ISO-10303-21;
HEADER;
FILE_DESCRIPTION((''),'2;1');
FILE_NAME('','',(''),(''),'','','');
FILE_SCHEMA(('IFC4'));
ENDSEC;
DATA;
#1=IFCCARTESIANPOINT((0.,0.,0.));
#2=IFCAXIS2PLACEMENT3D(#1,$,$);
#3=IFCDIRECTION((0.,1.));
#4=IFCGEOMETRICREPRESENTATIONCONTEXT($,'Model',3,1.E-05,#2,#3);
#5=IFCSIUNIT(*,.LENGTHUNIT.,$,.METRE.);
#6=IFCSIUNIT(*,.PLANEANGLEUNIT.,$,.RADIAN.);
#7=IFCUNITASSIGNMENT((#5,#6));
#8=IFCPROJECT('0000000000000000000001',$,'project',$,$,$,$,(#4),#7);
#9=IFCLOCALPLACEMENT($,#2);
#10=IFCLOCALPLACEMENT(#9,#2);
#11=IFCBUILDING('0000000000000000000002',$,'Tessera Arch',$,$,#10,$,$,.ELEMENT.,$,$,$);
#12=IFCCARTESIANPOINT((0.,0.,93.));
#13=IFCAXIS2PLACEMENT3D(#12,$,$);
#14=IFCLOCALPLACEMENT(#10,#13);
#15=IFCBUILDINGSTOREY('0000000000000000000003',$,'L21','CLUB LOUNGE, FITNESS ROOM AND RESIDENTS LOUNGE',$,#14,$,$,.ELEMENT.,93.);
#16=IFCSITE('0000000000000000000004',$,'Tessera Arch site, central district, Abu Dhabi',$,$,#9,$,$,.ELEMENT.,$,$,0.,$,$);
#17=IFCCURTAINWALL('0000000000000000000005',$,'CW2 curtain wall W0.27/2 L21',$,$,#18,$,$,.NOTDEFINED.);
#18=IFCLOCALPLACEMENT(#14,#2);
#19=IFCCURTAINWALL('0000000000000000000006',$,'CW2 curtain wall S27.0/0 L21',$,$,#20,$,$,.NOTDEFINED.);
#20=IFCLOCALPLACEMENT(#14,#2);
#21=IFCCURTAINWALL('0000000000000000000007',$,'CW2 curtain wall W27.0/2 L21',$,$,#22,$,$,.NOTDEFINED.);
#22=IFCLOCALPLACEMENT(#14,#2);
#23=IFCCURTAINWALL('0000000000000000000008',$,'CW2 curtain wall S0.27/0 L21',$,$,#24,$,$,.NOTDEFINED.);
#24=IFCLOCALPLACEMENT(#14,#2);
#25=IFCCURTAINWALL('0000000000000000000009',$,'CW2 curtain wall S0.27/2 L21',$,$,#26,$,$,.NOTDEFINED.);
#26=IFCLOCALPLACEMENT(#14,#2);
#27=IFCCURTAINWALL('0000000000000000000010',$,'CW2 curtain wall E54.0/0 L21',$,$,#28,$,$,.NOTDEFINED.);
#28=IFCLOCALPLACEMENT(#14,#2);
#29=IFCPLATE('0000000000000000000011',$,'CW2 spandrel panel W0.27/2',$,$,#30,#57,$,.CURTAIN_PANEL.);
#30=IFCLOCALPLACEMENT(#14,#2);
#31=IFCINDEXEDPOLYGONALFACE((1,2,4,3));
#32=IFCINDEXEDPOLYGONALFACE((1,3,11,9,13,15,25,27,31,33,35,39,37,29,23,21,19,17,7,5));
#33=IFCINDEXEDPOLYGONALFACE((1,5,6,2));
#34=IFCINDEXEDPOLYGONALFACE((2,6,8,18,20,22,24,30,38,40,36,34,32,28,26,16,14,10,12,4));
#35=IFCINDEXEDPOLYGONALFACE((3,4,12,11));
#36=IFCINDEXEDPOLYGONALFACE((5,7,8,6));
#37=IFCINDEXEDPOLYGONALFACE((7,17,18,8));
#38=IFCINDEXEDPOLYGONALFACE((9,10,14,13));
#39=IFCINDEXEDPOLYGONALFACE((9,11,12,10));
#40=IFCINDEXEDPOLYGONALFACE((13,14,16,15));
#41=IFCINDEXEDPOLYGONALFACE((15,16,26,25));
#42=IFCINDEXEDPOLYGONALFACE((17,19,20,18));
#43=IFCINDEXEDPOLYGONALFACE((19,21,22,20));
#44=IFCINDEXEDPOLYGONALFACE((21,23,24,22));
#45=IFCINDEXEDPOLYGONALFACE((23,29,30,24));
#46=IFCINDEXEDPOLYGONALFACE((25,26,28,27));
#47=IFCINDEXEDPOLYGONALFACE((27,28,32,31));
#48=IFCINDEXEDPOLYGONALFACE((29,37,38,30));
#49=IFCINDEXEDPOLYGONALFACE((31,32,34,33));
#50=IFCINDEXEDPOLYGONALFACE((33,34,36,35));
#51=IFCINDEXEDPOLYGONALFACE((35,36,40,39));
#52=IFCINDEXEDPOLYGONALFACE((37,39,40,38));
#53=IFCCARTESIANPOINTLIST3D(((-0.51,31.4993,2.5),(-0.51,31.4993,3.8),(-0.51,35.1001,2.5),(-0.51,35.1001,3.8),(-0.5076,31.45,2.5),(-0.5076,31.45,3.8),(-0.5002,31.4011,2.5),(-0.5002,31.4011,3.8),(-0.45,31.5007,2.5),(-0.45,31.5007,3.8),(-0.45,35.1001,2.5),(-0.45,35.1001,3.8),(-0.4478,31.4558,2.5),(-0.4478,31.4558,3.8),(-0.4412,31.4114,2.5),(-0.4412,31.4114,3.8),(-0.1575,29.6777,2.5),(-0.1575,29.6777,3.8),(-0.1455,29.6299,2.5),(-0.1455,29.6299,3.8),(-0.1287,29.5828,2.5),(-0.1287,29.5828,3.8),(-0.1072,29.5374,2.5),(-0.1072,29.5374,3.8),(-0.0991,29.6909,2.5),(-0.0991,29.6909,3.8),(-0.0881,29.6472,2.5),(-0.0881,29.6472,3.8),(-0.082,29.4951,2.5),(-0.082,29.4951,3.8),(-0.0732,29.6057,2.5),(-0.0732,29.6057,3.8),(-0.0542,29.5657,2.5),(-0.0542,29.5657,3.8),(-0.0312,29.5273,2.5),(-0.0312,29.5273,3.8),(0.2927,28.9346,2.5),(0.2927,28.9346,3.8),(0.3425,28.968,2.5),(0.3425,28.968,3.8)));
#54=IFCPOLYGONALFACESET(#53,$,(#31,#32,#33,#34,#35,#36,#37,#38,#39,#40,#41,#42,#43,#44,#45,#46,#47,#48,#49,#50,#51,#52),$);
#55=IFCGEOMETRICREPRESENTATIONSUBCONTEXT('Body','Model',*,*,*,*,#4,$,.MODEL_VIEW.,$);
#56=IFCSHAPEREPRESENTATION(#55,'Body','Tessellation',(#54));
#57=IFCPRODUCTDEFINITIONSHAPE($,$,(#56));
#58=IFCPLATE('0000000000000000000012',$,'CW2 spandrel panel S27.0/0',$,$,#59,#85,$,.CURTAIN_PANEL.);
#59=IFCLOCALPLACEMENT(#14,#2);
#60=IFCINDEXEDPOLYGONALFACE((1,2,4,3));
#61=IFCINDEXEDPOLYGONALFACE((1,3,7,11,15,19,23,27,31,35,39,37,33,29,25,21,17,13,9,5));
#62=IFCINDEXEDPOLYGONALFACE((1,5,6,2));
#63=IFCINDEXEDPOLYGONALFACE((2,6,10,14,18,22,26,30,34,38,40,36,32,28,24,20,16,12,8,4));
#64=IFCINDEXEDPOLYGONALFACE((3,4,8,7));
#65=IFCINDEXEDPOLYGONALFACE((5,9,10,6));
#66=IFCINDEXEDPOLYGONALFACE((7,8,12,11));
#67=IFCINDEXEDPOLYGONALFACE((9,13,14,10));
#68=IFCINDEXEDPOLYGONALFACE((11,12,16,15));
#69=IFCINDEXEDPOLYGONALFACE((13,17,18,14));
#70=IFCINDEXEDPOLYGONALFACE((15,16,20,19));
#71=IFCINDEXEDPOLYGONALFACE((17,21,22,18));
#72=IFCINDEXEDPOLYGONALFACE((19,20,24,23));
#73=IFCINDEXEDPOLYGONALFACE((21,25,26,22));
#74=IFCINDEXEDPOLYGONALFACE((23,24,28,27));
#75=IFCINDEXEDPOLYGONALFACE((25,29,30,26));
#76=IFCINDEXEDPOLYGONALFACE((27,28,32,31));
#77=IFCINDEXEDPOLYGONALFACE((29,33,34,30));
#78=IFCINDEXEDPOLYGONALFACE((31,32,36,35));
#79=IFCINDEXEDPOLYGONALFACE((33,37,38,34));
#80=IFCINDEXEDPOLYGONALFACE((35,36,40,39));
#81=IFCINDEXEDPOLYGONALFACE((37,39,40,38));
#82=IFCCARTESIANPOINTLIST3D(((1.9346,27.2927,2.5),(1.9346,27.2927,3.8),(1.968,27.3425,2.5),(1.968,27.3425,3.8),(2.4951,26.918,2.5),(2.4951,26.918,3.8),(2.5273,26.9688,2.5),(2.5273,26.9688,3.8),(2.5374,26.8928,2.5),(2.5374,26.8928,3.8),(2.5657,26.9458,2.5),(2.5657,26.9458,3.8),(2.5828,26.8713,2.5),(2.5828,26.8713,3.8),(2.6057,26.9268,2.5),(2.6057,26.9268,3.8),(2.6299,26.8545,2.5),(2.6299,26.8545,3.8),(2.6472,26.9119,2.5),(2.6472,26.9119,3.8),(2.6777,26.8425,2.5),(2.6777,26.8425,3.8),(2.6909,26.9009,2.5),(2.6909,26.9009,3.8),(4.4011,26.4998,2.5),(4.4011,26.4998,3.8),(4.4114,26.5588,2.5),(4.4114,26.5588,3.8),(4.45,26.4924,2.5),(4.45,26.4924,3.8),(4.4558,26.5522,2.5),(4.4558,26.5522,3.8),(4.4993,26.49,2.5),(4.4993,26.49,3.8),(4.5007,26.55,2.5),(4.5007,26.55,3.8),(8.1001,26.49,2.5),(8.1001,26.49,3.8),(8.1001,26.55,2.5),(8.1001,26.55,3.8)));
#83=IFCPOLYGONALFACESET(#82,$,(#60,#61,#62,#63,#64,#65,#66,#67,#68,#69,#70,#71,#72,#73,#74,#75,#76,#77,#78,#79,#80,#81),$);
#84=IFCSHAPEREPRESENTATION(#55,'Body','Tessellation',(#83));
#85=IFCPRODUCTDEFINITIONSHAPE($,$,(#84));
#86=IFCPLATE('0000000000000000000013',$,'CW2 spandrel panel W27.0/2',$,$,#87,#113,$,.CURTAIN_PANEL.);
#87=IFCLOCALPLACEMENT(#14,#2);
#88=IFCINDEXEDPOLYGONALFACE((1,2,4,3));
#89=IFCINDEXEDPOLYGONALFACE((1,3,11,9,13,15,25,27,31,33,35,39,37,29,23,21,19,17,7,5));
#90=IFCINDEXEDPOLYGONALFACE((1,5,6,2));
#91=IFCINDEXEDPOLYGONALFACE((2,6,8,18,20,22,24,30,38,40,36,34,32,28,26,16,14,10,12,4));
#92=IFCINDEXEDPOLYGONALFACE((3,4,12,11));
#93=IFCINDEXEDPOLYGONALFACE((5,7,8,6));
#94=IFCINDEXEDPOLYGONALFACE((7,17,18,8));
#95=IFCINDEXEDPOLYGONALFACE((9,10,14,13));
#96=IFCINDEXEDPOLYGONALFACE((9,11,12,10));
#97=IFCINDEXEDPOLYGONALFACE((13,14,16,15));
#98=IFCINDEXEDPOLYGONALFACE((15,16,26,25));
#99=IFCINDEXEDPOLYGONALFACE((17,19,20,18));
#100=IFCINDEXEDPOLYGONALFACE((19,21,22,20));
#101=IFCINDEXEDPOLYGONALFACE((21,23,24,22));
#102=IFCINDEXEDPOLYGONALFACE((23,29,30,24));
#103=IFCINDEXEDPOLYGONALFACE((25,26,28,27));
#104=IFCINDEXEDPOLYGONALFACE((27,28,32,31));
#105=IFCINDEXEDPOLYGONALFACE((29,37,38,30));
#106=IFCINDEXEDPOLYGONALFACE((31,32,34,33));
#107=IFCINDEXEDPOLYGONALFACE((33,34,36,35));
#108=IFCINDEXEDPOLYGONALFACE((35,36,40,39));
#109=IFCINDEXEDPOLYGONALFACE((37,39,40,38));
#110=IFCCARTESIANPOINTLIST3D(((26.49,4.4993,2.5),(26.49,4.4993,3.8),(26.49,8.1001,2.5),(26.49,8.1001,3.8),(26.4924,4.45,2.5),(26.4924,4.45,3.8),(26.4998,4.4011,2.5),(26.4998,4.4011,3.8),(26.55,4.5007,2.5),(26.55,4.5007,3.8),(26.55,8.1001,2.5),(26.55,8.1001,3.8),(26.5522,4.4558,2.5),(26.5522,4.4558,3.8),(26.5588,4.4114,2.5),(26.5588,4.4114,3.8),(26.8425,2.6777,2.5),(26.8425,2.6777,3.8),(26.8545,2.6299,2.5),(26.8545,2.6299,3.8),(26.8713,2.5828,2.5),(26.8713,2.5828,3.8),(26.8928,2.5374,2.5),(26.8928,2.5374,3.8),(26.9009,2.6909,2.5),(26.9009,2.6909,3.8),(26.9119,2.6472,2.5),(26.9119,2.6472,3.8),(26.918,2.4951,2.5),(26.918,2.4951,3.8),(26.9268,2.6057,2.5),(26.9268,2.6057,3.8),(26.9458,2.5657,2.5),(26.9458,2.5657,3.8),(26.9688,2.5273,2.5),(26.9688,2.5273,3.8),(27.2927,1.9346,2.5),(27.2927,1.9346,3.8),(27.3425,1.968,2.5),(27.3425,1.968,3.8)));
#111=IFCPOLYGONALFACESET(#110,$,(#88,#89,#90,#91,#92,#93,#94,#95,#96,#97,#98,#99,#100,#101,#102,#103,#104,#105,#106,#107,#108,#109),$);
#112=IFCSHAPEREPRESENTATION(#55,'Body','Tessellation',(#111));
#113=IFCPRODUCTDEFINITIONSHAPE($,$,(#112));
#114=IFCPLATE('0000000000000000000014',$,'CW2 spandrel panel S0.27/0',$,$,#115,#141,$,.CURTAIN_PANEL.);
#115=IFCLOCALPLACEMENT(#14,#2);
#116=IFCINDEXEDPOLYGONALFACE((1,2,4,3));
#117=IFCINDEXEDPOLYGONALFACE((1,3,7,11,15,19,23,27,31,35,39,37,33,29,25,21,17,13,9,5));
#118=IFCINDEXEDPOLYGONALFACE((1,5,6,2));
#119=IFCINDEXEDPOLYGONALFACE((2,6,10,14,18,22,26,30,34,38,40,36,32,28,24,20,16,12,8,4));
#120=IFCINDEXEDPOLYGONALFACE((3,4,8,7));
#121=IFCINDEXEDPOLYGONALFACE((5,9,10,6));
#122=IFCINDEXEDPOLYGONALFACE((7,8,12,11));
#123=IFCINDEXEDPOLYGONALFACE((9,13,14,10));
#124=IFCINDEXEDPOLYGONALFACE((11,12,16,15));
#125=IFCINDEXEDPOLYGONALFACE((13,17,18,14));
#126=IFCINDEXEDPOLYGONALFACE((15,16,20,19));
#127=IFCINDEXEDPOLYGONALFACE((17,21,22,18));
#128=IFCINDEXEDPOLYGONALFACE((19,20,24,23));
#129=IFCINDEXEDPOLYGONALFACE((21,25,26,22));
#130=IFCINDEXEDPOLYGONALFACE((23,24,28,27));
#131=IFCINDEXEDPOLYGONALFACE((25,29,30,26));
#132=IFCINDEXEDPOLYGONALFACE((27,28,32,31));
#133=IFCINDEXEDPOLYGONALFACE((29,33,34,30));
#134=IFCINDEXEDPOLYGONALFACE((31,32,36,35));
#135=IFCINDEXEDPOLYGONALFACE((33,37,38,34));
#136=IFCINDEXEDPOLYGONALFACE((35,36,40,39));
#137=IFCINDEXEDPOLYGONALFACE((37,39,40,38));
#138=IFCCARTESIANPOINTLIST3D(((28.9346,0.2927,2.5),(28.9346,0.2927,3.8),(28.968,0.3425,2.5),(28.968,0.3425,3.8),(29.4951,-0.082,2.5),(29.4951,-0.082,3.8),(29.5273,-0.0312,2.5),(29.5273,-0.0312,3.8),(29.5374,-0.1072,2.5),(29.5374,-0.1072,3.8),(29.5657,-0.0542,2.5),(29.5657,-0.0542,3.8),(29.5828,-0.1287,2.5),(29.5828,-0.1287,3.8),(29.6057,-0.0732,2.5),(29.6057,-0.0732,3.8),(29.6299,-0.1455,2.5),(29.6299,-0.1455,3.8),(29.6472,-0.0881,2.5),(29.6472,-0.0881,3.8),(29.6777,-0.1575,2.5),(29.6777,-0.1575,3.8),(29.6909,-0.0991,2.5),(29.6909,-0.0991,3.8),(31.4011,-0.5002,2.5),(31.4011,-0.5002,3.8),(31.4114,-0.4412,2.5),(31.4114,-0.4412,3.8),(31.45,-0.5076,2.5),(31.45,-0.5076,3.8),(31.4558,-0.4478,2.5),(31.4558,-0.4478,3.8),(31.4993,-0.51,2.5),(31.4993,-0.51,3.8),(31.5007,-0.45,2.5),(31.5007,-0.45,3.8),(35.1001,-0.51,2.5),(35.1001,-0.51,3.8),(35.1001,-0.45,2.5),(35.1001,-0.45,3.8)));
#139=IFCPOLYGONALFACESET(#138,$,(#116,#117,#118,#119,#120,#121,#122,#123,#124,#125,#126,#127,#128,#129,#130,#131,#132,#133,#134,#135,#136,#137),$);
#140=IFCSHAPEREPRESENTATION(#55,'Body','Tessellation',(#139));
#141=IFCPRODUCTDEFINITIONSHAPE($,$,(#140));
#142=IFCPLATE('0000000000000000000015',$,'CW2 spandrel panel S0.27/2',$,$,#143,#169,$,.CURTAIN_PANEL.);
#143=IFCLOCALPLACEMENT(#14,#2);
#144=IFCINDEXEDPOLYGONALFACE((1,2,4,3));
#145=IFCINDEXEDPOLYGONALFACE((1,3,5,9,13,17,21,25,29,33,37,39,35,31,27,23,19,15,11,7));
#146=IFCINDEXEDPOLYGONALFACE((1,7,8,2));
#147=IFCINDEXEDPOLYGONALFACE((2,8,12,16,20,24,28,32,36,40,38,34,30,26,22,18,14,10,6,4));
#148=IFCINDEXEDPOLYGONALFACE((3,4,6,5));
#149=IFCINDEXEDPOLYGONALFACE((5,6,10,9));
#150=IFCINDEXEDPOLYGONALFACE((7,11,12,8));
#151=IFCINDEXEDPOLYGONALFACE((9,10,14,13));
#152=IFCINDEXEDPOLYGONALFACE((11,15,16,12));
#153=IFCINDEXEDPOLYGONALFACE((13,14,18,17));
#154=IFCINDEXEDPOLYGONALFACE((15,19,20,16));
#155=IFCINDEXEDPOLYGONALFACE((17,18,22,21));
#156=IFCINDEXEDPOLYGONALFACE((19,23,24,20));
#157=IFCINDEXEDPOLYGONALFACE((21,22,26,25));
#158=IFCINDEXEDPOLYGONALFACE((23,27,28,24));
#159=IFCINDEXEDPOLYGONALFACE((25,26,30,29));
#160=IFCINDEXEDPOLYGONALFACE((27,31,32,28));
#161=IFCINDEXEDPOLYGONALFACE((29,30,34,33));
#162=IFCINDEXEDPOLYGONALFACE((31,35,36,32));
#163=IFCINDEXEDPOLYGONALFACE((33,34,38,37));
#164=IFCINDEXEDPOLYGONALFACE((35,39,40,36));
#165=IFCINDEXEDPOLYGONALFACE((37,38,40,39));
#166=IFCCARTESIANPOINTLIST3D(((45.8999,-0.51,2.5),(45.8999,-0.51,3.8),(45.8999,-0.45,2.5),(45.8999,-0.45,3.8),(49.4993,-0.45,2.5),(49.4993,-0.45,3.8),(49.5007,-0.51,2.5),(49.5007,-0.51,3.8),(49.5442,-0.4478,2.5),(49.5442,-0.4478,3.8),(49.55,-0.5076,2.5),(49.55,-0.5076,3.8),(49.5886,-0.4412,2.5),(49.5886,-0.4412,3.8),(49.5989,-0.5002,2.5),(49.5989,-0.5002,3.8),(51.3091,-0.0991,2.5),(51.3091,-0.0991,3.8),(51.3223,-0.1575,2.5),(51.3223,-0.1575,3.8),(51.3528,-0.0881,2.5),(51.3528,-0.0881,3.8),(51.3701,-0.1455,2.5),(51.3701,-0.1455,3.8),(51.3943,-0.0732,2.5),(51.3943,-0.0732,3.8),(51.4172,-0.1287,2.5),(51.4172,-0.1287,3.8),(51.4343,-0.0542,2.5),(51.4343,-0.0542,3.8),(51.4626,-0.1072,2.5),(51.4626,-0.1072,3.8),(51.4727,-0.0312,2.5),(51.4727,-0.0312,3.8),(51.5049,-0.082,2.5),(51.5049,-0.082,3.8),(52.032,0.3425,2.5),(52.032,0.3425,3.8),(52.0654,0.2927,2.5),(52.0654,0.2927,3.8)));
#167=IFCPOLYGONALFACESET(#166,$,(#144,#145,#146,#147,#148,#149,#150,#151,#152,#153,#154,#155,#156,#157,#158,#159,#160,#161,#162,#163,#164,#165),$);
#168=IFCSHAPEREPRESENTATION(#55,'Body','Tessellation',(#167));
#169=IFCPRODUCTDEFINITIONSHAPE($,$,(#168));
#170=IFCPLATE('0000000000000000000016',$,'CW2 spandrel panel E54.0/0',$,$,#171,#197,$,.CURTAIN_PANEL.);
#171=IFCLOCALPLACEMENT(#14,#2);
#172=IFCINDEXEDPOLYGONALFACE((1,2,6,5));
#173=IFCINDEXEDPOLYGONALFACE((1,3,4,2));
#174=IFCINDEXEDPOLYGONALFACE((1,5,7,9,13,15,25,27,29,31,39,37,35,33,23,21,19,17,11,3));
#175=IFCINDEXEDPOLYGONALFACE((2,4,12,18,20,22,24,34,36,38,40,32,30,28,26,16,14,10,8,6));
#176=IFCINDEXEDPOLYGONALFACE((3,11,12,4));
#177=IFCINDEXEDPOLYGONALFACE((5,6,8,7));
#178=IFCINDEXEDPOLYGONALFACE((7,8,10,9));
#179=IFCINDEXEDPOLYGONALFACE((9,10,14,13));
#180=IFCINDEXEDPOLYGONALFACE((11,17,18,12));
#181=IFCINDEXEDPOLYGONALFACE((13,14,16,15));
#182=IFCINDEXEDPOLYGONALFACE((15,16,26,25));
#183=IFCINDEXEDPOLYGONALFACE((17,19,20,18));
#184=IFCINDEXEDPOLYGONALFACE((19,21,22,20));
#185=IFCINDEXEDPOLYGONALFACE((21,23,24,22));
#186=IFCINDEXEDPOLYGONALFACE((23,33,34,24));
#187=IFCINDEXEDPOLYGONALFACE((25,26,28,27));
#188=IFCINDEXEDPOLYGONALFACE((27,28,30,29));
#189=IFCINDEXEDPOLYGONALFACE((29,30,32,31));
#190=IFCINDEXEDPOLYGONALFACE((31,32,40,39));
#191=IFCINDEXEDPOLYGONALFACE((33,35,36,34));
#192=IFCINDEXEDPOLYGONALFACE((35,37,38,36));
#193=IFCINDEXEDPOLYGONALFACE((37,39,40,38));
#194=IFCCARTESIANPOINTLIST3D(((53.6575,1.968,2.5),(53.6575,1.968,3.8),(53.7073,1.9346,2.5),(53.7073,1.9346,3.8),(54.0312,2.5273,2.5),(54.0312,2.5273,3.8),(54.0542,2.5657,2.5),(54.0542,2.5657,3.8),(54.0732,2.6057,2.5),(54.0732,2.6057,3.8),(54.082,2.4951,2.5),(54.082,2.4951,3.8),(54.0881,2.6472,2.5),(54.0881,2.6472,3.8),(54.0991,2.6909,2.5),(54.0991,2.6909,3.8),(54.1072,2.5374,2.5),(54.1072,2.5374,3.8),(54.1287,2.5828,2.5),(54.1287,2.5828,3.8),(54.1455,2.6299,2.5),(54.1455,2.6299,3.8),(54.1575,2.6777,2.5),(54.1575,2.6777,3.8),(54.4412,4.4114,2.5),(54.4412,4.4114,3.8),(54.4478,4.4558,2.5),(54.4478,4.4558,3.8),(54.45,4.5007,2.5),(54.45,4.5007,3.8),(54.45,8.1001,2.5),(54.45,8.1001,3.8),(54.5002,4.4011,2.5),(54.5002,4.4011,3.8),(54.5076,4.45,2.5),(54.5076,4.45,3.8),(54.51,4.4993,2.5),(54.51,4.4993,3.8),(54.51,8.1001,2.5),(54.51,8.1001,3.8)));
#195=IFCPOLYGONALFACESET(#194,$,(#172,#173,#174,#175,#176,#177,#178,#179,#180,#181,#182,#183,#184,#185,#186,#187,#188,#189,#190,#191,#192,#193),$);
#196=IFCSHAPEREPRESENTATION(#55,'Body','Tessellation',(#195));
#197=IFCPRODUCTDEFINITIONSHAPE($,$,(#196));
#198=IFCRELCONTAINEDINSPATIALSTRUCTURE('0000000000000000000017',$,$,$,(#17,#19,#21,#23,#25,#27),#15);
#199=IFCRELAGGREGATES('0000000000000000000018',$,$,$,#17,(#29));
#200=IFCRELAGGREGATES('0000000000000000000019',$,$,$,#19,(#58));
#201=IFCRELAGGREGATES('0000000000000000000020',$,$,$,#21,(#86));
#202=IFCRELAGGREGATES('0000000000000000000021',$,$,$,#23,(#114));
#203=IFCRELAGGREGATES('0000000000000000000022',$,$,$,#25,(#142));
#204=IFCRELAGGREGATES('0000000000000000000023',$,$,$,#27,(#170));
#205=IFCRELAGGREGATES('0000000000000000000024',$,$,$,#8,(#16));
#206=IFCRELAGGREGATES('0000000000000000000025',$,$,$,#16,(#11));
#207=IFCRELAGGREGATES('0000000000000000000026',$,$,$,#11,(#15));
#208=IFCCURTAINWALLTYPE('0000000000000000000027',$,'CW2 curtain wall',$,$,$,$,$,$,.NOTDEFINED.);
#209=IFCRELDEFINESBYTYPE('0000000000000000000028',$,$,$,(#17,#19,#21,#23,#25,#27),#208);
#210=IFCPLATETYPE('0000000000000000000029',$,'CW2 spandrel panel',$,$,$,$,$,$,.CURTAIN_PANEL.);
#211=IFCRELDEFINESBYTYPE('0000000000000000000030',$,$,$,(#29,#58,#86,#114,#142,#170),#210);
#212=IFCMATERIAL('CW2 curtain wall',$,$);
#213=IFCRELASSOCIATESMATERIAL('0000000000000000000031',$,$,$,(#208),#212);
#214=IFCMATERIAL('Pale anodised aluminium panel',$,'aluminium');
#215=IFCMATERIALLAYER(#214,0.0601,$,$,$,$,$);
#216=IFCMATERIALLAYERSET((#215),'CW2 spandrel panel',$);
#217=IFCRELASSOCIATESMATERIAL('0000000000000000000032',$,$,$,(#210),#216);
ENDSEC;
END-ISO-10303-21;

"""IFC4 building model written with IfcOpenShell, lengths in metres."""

from ifc_helpers import new_model, si_unit, direction, frame, origin, place, context, subcontext, project, spatial, polyline, outline, extrude, material, layer, layer_set, type_object, element, aggregate, save


model = new_model("IFC4")

# Units and contexts
model_context = context("Model", 3, precision=1e-05, world=origin(), true_north=direction((0.0, 1.0)))
body_context = subcontext(model_context, "Body", "Model", "MODEL_VIEW")
ifc_project = project(units=[si_unit("LENGTHUNIT", "METRE"), si_unit("PLANEANGLEUNIT", "RADIAN")], contexts=[model_context])

# Site, building, storey
site_placement = place(None, origin())
site = spatial("IfcSite", under=ifc_project, at=site_placement, Name="Tessera Arch site, central district, Abu Dhabi", CompositionType="ELEMENT", RefElevation=0.0)
building_placement = place(site_placement, origin())
building = spatial("IfcBuilding", under=site, at=building_placement, Name="Tessera Arch", CompositionType="ELEMENT")
storey_placement = place(building_placement, frame((0.0, 0.0, 93.0)))
storey = spatial("IfcBuildingStorey", under=building, at=storey_placement, Name="L21", Description="CLUB LOUNGE, FITNESS ROOM AND RESIDENTS LOUNGE", CompositionType="ELEMENT", Elevation=93.0)

# Curtain walls
ifc_material_1 = material(Name="CW2 curtain wall")
curtain_wall_type = type_object("IfcCurtainWallType", Name="CW2 curtain wall", PredefinedType="NOTDEFINED", material=ifc_material_1)
curtain_wall_1_placement = place(storey_placement, origin())
curtain_wall_1 = element("IfcCurtainWall", 1, at=curtain_wall_1_placement, inside=storey, type_object=curtain_wall_type, Name="CW2 curtain wall W0.27/2 L21", PredefinedType="NOTDEFINED")
curtain_wall_2_placement = place(storey_placement, origin())
curtain_wall_2 = element("IfcCurtainWall", 2, at=curtain_wall_2_placement, inside=storey, type_object=curtain_wall_type, Name="CW2 curtain wall S27.0/0 L21", PredefinedType="NOTDEFINED")
curtain_wall_3_placement = place(storey_placement, origin())
curtain_wall_3 = element("IfcCurtainWall", 3, at=curtain_wall_3_placement, inside=storey, type_object=curtain_wall_type, Name="CW2 curtain wall W27.0/2 L21", PredefinedType="NOTDEFINED")
curtain_wall_4_placement = place(storey_placement, origin())
curtain_wall_4 = element("IfcCurtainWall", 4, at=curtain_wall_4_placement, inside=storey, type_object=curtain_wall_type, Name="CW2 curtain wall S0.27/0 L21", PredefinedType="NOTDEFINED")
curtain_wall_5_placement = place(storey_placement, origin())
curtain_wall_5 = element("IfcCurtainWall", 5, at=curtain_wall_5_placement, inside=storey, type_object=curtain_wall_type, Name="CW2 curtain wall S0.27/2 L21", PredefinedType="NOTDEFINED")
curtain_wall_6_placement = place(storey_placement, origin())
curtain_wall_6 = element("IfcCurtainWall", 6, at=curtain_wall_6_placement, inside=storey, type_object=curtain_wall_type, Name="CW2 curtain wall E54.0/0 L21", PredefinedType="NOTDEFINED")

# Plates
ifc_material_2 = material(Name="Pale anodised aluminium panel", Category="aluminium")
ifc_layer_1 = layer(ifc_material_2, 0.0601)
ifc_layer_set_1 = layer_set([ifc_layer_1], Name="CW2 spandrel panel")
plate_type_1 = type_object("IfcPlateType", Name="CW2 spandrel panel", PredefinedType="CURTAIN_PANEL", material=ifc_layer_set_1)
plate_1_placement = place(storey_placement, frame((0.0, 0.0, 2.5)))
plate_1 = element("IfcPlate", 7, at=plate_1_placement, type_object=plate_type_1, Name="CW2 spandrel panel W0.27/2", PredefinedType="CURTAIN_PANEL", context=body_context, shape_type="SweptSolid", body=[
    extrude(outline(polyline([(-0.45, 31.5007), (-0.45, 35.1001), (-0.51, 35.1001), (-0.51, 31.4993), (-0.5076, 31.45), (-0.5002, 31.4011), (-0.1575, 29.6777), (-0.1455, 29.6299), (-0.1287, 29.5828), (-0.1072, 29.5374), (-0.082, 29.4951), (0.2927, 28.9346), (0.3425, 28.968), (-0.0312, 29.5273), (-0.0542, 29.5657), (-0.0732, 29.6057), (-0.0881, 29.6472), (-0.0991, 29.6909), (-0.4412, 31.4114), (-0.4478, 31.4558), (-0.45, 31.5007)])), origin(), (0.0, 0.0, 1.0), 1.3),
])
aggregate(curtain_wall_1, [plate_1])
plate_2_placement = place(storey_placement, frame((0.0, 0.0, 2.5)))
plate_2 = element("IfcPlate", 8, at=plate_2_placement, type_object=plate_type_1, Name="CW2 spandrel panel S27.0/0", PredefinedType="CURTAIN_PANEL", context=body_context, shape_type="SweptSolid", body=[
    extrude(outline(polyline([(2.5273, 26.9688), (1.968, 27.3425), (1.9346, 27.2927), (2.4951, 26.918), (2.5374, 26.8928), (2.5828, 26.8713), (2.6299, 26.8545), (2.6777, 26.8425), (4.4011, 26.4998), (4.45, 26.4924), (4.4993, 26.49), (8.1001, 26.49), (8.1001, 26.55), (4.5007, 26.55), (4.4558, 26.5522), (4.4114, 26.5588), (2.6909, 26.9009), (2.6472, 26.9119), (2.6057, 26.9268), (2.5657, 26.9458), (2.5273, 26.9688)])), origin(), (0.0, 0.0, 1.0), 1.3),
])
aggregate(curtain_wall_2, [plate_2])
plate_3_placement = place(storey_placement, frame((0.0, 0.0, 2.5)))
plate_3 = element("IfcPlate", 9, at=plate_3_placement, type_object=plate_type_1, Name="CW2 spandrel panel W27.0/2", PredefinedType="CURTAIN_PANEL", context=body_context, shape_type="SweptSolid", body=[
    extrude(outline(polyline([(26.55, 4.5007), (26.55, 8.1001), (26.49, 8.1001), (26.49, 4.4993), (26.4924, 4.45), (26.4998, 4.4011), (26.8425, 2.6777), (26.8545, 2.6299), (26.8713, 2.5828), (26.8928, 2.5374), (26.918, 2.4951), (27.2927, 1.9346), (27.3425, 1.968), (26.9688, 2.5273), (26.9458, 2.5657), (26.9268, 2.6057), (26.9119, 2.6472), (26.9009, 2.6909), (26.5588, 4.4114), (26.5522, 4.4558), (26.55, 4.5007)])), origin(), (0.0, 0.0, 1.0), 1.3),
])
aggregate(curtain_wall_3, [plate_3])
plate_4_placement = place(storey_placement, frame((0.0, 0.0, 2.5)))
plate_4 = element("IfcPlate", 10, at=plate_4_placement, type_object=plate_type_1, Name="CW2 spandrel panel S0.27/0", PredefinedType="CURTAIN_PANEL", context=body_context, shape_type="SweptSolid", body=[
    extrude(outline(polyline([(29.5273, -0.0312), (28.968, 0.3425), (28.9346, 0.2927), (29.4951, -0.082), (29.5374, -0.1072), (29.5828, -0.1287), (29.6299, -0.1455), (29.6777, -0.1575), (31.4011, -0.5002), (31.45, -0.5076), (31.4993, -0.51), (35.1001, -0.51), (35.1001, -0.45), (31.5007, -0.45), (31.4558, -0.4478), (31.4114, -0.4412), (29.6909, -0.0991), (29.6472, -0.0881), (29.6057, -0.0732), (29.5657, -0.0542), (29.5273, -0.0312)])), origin(), (0.0, 0.0, 1.0), 1.3),
])
aggregate(curtain_wall_4, [plate_4])
plate_5_placement = place(storey_placement, frame((0.0, 0.0, 2.5)))
plate_5 = element("IfcPlate", 11, at=plate_5_placement, type_object=plate_type_1, Name="CW2 spandrel panel S0.27/2", PredefinedType="CURTAIN_PANEL", context=body_context, shape_type="SweptSolid", body=[
    extrude(outline(polyline([(49.4993, -0.45), (45.8999, -0.45), (45.8999, -0.51), (49.5007, -0.51), (49.55, -0.5076), (49.5989, -0.5002), (51.3223, -0.1575), (51.3701, -0.1455), (51.4172, -0.1287), (51.4626, -0.1072), (51.5049, -0.082), (52.0654, 0.2927), (52.032, 0.3425), (51.4727, -0.0312), (51.4343, -0.0542), (51.3943, -0.0732), (51.3528, -0.0881), (51.3091, -0.0991), (49.5886, -0.4412), (49.5442, -0.4478), (49.4993, -0.45)])), origin(), (0.0, 0.0, 1.0), 1.3),
])
aggregate(curtain_wall_5, [plate_5])
plate_6_placement = place(storey_placement, frame((0.0, 0.0, 2.5)))
plate_6 = element("IfcPlate", 12, at=plate_6_placement, type_object=plate_type_1, Name="CW2 spandrel panel E54.0/0", PredefinedType="CURTAIN_PANEL", context=body_context, shape_type="SweptSolid", body=[
    extrude(outline(polyline([(54.0312, 2.5273), (53.6575, 1.968), (53.7073, 1.9346), (54.082, 2.4951), (54.1072, 2.5374), (54.1287, 2.5828), (54.1455, 2.6299), (54.1575, 2.6777), (54.5002, 4.4011), (54.5076, 4.45), (54.51, 4.4993), (54.51, 8.1001), (54.45, 8.1001), (54.45, 4.5007), (54.4478, 4.4558), (54.4412, 4.4114), (54.0991, 2.6909), (54.0881, 2.6472), (54.0732, 2.6057), (54.0542, 2.5657), (54.0312, 2.5273)])), origin(), (0.0, 0.0, 1.0), 1.3),
])
aggregate(curtain_wall_6, [plate_6])

save(model, "model.ifc")
